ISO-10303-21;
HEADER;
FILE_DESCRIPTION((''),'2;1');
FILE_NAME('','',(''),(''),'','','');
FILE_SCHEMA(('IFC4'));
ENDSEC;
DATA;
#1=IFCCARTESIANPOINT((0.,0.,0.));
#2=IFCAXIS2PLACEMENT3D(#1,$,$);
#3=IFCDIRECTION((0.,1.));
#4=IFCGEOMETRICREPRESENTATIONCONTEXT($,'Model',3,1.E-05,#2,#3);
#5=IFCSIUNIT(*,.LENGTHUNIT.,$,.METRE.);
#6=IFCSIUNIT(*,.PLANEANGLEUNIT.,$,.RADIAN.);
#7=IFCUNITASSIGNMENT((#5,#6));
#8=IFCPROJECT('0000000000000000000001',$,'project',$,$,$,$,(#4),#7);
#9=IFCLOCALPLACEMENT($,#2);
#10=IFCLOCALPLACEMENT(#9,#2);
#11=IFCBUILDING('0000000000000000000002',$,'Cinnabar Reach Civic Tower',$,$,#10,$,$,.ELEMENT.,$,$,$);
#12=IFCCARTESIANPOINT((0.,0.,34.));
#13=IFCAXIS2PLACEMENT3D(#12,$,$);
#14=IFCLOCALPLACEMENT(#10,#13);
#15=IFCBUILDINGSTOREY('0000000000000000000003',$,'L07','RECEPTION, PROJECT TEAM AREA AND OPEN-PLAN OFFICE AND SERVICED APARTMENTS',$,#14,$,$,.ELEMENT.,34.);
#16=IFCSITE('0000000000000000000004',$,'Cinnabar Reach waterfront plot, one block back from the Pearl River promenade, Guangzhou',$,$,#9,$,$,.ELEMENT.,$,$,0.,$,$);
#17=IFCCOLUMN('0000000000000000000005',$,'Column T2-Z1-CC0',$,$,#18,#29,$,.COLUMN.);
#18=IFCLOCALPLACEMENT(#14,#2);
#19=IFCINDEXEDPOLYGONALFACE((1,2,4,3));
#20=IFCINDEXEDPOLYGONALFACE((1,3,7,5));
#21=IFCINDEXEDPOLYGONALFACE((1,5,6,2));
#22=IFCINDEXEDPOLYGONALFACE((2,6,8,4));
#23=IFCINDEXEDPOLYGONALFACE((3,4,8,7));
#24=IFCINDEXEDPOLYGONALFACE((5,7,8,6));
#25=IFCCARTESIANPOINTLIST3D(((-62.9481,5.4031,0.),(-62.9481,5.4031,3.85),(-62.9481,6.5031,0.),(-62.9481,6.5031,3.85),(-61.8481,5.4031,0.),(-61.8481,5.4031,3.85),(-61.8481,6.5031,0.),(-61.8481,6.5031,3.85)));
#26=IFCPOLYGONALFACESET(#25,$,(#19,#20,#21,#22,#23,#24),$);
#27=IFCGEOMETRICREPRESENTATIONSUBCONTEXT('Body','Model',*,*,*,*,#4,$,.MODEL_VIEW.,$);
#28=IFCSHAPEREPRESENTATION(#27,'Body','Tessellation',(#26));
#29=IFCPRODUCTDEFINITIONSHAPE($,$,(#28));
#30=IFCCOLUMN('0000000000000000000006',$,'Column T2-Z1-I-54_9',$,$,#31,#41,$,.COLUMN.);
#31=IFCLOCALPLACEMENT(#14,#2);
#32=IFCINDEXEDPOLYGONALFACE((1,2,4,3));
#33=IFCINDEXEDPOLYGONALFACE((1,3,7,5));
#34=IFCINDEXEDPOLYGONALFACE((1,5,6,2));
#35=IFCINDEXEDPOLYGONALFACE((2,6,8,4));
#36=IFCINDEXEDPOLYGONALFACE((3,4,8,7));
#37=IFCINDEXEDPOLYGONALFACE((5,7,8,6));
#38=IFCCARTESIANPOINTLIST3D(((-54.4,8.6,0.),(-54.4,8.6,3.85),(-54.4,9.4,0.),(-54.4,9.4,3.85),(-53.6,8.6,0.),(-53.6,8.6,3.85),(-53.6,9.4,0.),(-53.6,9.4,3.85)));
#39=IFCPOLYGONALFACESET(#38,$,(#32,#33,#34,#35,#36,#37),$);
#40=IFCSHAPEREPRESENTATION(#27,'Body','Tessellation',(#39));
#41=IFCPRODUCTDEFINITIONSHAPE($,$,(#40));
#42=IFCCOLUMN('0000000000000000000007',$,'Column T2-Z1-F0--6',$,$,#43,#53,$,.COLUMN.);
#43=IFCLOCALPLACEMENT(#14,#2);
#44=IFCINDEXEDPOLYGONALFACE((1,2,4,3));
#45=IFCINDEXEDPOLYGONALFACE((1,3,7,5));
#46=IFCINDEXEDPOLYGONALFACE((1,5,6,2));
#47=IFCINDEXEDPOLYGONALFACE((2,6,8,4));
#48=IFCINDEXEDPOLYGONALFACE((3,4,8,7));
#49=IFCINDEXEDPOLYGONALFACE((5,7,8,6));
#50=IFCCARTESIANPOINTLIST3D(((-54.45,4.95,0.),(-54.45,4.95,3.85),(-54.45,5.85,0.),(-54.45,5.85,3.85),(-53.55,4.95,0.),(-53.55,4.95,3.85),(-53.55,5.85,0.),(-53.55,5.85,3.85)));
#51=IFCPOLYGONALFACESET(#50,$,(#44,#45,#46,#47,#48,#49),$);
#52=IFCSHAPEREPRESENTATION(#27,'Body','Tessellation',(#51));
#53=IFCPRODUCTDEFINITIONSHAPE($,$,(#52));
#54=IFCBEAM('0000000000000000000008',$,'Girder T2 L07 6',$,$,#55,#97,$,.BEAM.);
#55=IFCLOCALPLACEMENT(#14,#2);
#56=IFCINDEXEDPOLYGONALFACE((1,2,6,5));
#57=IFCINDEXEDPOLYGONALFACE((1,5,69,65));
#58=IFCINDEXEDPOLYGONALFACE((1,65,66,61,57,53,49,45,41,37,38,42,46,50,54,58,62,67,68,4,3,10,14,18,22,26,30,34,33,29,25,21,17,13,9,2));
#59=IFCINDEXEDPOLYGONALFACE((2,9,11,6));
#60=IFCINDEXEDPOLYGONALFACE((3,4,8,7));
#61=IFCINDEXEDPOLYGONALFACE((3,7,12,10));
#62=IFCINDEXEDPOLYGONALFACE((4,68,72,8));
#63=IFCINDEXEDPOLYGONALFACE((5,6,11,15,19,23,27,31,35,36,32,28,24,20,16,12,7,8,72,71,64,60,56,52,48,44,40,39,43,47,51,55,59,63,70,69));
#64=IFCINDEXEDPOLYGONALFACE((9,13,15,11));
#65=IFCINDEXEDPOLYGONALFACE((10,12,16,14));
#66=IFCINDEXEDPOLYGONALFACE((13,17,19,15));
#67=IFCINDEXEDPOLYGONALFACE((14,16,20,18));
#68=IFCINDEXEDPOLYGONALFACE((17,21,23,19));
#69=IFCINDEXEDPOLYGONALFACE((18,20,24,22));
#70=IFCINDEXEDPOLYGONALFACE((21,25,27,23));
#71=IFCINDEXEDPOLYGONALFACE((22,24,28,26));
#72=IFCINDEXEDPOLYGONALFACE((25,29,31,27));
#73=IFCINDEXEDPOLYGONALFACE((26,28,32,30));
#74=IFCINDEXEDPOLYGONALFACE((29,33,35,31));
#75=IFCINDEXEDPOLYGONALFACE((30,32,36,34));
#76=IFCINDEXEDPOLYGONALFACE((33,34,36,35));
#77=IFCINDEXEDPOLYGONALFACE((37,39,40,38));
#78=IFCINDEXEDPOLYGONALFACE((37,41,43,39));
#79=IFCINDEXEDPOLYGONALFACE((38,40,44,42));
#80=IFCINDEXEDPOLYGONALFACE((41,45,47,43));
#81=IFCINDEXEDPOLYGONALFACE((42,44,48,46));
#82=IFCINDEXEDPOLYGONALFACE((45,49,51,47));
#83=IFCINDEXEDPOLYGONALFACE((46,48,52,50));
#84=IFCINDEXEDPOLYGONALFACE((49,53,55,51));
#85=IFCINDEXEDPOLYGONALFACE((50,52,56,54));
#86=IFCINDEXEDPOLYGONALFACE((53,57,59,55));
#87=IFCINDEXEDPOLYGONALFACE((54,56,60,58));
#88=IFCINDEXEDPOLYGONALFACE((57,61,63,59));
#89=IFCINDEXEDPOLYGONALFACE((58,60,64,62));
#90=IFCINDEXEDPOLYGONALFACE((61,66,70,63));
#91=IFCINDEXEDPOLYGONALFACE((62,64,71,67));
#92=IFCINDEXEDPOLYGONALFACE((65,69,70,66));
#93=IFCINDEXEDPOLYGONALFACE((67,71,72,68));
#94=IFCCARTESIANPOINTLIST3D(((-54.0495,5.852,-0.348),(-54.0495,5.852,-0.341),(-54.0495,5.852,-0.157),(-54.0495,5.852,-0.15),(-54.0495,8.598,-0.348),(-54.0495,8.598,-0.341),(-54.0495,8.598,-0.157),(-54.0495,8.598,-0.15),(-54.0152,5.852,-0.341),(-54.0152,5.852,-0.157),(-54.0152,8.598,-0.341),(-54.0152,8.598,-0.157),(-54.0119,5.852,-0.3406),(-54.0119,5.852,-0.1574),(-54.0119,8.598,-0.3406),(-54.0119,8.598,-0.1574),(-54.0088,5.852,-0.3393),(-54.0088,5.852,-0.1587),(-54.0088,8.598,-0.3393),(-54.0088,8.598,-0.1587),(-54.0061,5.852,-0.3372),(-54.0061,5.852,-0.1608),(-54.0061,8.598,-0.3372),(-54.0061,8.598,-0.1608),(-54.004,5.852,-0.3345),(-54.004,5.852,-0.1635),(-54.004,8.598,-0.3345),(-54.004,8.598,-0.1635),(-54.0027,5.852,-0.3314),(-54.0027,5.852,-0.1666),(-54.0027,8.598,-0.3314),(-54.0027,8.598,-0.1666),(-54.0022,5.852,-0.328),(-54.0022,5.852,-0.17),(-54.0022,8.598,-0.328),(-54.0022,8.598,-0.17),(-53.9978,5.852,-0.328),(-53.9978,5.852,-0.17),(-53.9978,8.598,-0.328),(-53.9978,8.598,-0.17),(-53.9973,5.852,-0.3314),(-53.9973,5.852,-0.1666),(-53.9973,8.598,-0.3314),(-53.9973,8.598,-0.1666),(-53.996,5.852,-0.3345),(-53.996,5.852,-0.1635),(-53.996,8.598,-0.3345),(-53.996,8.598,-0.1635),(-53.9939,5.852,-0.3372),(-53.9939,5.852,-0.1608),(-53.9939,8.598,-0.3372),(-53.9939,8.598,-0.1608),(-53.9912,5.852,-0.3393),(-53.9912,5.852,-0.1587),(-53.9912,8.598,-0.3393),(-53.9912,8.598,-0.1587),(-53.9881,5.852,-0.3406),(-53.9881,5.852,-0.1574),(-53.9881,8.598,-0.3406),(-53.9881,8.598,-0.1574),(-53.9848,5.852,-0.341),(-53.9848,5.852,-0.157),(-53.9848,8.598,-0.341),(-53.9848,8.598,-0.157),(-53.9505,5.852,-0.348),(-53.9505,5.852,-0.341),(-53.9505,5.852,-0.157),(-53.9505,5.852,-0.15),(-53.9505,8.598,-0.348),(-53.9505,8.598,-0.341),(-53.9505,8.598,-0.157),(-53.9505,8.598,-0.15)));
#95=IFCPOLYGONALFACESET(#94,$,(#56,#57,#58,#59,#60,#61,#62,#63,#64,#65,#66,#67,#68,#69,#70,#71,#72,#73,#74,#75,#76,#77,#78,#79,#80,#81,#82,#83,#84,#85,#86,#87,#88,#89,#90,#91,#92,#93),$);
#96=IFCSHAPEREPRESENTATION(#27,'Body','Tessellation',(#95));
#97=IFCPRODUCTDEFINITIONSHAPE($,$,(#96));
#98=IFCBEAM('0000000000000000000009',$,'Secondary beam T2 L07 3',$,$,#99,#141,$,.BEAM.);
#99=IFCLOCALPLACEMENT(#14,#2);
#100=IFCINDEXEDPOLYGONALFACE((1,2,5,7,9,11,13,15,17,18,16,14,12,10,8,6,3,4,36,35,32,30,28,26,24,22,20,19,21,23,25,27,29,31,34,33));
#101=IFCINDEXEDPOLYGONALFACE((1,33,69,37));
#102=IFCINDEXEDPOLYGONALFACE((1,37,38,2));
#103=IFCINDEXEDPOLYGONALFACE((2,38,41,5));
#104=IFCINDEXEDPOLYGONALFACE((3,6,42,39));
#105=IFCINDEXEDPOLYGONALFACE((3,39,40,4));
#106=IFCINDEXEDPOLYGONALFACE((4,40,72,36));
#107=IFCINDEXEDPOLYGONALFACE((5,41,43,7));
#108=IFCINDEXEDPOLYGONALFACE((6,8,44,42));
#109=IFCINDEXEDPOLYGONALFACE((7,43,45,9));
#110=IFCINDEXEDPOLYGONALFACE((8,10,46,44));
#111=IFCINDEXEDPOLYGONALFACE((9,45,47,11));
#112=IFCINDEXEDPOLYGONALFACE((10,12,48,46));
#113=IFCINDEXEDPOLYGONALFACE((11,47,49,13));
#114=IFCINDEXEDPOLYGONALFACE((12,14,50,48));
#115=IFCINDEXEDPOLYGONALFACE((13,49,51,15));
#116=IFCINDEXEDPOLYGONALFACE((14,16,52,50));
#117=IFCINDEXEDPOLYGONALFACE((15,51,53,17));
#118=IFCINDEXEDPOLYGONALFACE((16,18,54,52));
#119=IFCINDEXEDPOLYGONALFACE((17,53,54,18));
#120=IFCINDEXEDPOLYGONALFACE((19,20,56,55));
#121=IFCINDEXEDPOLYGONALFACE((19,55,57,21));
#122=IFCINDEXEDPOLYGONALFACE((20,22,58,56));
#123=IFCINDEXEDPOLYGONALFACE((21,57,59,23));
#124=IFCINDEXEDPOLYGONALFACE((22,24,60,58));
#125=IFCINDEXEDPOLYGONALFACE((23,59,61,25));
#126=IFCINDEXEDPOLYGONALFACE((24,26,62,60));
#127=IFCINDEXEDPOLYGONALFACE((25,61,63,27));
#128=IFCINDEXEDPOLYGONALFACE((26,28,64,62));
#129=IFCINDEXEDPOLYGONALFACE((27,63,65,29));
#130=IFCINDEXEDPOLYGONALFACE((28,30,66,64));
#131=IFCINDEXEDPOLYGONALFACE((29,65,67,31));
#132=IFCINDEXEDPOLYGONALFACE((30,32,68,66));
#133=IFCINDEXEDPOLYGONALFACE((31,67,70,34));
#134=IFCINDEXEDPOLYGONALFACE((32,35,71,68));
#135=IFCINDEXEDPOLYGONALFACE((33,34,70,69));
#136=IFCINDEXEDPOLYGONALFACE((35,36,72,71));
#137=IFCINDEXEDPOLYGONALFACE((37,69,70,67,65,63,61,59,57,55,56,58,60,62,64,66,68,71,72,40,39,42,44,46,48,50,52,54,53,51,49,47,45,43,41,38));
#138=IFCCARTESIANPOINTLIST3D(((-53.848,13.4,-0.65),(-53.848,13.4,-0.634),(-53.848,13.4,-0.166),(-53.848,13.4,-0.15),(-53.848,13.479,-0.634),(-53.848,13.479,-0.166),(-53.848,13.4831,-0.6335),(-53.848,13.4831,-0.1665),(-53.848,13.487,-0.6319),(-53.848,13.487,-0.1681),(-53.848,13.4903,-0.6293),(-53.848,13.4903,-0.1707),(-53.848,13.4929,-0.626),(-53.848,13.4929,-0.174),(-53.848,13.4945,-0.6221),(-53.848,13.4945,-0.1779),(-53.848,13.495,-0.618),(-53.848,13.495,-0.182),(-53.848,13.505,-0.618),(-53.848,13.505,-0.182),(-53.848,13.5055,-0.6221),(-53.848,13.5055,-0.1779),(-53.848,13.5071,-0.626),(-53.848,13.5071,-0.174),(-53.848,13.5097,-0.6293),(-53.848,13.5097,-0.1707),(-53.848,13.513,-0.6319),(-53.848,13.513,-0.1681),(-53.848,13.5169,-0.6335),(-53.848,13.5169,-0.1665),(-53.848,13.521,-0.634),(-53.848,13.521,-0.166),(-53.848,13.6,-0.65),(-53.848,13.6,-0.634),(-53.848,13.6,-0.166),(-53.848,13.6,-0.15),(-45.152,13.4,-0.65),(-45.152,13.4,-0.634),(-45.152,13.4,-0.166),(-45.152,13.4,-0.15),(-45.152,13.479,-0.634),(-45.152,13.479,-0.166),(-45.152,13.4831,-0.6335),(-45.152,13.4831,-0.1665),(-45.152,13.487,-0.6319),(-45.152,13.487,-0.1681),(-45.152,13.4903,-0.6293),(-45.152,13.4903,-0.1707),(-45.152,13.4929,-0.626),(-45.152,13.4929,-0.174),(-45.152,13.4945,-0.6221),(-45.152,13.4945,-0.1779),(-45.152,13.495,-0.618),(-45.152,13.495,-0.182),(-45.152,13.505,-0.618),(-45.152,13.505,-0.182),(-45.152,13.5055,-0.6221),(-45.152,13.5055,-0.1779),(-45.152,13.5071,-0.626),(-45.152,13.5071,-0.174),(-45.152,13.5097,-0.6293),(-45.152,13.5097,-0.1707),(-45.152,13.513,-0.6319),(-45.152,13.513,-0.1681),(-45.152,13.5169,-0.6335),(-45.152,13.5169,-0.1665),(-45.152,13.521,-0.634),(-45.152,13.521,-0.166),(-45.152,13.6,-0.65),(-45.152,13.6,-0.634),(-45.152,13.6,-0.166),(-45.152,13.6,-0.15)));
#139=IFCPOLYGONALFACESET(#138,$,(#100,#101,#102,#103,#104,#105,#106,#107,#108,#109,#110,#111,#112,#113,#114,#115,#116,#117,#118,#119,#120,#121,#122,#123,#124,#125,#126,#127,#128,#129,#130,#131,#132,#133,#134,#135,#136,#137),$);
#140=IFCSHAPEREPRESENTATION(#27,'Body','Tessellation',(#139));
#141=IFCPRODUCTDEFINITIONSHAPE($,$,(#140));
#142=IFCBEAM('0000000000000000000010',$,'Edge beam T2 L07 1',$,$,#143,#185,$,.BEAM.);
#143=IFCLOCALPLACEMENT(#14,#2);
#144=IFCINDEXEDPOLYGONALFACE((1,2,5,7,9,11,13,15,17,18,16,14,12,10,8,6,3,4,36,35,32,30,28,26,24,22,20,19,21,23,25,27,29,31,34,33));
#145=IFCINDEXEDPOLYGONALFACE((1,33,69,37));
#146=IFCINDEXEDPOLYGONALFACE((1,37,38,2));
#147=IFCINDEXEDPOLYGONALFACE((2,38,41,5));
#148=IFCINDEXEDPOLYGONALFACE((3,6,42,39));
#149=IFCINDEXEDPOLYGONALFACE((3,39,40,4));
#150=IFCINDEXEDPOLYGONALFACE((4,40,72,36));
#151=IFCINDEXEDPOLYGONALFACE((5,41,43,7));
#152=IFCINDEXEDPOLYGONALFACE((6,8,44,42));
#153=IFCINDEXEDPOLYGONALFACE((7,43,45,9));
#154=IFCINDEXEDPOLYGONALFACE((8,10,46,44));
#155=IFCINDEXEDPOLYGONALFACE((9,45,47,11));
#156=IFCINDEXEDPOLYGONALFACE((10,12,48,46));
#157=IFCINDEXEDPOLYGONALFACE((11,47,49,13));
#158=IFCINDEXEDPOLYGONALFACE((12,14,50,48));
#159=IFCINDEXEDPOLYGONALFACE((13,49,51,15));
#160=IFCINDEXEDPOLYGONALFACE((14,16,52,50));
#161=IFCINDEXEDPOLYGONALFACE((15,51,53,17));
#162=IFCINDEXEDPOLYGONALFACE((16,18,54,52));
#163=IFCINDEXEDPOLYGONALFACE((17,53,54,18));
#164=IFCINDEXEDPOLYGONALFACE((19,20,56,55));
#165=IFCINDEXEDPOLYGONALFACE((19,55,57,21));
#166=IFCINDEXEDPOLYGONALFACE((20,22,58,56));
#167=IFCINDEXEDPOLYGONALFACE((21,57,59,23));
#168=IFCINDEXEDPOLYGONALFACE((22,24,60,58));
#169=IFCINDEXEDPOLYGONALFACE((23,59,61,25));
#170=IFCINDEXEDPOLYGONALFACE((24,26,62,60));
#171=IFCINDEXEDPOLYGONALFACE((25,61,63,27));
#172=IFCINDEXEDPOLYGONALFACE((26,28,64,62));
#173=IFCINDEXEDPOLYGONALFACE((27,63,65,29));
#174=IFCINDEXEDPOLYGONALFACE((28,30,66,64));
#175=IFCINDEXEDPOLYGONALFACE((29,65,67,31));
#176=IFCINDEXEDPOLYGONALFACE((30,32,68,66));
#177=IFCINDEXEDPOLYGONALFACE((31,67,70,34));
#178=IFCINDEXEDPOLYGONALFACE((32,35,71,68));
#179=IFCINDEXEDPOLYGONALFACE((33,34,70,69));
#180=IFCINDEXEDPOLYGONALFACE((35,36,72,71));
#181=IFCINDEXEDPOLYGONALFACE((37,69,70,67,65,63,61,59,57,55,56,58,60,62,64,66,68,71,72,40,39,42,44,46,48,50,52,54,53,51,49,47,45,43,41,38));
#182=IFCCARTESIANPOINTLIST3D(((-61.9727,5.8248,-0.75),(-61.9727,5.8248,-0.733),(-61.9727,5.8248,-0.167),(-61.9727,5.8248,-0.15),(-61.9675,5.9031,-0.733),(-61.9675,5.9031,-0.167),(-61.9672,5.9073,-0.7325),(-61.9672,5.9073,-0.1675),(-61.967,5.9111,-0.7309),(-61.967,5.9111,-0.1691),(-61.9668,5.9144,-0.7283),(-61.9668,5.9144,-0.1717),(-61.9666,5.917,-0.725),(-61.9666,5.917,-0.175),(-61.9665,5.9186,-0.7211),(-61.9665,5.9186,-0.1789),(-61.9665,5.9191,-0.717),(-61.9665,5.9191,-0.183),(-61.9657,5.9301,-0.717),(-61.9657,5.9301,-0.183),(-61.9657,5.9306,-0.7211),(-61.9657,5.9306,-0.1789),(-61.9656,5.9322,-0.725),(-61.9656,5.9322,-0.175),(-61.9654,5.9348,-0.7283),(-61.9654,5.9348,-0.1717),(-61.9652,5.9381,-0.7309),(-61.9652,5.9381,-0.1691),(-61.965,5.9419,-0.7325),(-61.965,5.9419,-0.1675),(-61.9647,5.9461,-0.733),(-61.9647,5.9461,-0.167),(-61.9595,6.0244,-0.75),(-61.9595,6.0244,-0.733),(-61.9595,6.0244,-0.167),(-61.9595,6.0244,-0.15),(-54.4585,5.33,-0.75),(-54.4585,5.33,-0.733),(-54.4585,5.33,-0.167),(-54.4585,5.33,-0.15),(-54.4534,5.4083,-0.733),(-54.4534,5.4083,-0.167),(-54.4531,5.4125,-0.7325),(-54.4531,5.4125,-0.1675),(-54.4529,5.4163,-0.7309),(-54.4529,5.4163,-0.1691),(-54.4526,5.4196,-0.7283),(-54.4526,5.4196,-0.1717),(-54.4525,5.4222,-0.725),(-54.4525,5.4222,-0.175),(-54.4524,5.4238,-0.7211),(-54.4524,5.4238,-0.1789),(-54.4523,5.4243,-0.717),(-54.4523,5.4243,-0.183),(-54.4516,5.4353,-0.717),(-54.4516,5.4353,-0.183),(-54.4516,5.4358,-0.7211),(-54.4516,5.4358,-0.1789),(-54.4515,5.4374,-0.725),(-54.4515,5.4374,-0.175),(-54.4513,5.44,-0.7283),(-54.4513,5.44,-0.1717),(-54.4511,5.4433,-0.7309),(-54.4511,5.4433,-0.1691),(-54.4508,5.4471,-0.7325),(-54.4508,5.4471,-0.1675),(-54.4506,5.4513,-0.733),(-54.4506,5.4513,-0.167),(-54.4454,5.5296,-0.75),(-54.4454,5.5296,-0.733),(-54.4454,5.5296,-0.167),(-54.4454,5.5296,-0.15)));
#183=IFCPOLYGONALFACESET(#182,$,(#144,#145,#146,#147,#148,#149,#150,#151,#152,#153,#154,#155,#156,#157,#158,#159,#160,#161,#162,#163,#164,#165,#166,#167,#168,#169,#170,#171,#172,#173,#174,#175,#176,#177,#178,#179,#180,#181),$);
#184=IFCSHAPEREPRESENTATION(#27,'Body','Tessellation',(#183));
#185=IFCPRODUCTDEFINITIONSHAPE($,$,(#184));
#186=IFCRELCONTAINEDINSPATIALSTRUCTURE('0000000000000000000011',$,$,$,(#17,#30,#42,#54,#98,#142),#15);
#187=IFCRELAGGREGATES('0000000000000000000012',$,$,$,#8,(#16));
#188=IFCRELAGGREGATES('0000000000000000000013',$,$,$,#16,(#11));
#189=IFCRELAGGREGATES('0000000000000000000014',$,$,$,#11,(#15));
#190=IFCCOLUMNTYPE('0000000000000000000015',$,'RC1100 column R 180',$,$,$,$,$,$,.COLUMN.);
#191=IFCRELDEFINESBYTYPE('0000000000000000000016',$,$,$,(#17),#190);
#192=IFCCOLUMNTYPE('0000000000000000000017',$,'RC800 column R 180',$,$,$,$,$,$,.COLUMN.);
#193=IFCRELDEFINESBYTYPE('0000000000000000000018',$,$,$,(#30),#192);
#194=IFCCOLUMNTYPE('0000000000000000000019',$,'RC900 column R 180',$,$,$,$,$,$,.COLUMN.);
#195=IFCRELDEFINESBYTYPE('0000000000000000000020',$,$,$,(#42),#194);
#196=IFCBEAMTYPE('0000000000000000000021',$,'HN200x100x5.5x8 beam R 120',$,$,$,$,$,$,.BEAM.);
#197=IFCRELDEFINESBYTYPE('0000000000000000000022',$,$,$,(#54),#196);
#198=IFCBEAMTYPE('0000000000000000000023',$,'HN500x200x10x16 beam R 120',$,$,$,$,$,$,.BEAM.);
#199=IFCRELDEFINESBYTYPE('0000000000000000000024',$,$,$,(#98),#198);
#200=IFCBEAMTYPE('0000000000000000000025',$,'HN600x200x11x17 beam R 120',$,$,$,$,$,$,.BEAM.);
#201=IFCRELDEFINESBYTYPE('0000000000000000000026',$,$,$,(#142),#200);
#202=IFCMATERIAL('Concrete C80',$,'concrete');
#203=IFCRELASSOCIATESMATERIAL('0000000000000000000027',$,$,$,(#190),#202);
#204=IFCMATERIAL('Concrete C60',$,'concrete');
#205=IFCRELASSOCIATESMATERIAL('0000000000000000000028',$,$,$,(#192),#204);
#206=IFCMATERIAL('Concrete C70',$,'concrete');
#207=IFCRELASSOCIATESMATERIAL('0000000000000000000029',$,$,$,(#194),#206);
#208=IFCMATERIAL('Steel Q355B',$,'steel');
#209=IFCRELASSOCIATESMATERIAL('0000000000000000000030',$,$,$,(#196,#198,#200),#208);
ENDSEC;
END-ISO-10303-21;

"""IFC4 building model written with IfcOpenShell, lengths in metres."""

from ifc_helpers import new_model, si_unit, direction, frame, origin, origin_2d, place, context, subcontext, project, spatial, rectangle, i_section, extrude, material, material_profile, profile_set, type_object, element, save


model = new_model("IFC4")

# Units and contexts
model_context = context("Model", 3, precision=1e-05, world=origin(), true_north=direction((0.0, 1.0)))
body_context = subcontext(model_context, "Body", "Model", "MODEL_VIEW")
ifc_project = project(units=[si_unit("LENGTHUNIT", "METRE"), si_unit("PLANEANGLEUNIT", "RADIAN")], contexts=[model_context])

# Site, building, storey
site_placement = place(None, origin())
site = spatial("IfcSite", under=ifc_project, at=site_placement, Name="Cinnabar Reach waterfront plot, one block back from the Pearl River promenade, Guangzhou", CompositionType="ELEMENT", RefElevation=0.0)
building_placement = place(site_placement, origin())
building = spatial("IfcBuilding", under=site, at=building_placement, Name="Cinnabar Reach Civic Tower", CompositionType="ELEMENT")
storey_placement = place(building_placement, frame((0.0, 0.0, 34.0)))
storey = spatial("IfcBuildingStorey", under=building, at=storey_placement, Name="L07", Description="RECEPTION, PROJECT TEAM AREA AND OPEN-PLAN OFFICE AND SERVICED APARTMENTS", CompositionType="ELEMENT", Elevation=34.0)

# Columns
ifc_material_1 = material(Name="Concrete C80", Category="concrete")
ifc_material_profile_1 = material_profile(ifc_material_1, rectangle(XDim=1.1, YDim=1.1, at=origin_2d()), Name="RC1100")
ifc_profile_set_1 = profile_set([ifc_material_profile_1], Name="Concrete C80")
column_type_1 = type_object("IfcColumnType", Name="RC1100 column R 180", PredefinedType="COLUMN", material=ifc_profile_set_1)
column_1_placement = place(storey_placement, frame((-62.3981, 5.9531, 0.0), z_axis=(0.0, 0.0, 1.0), x_axis=(1.0, 0.0, 0.0)))
element("IfcColumn", 1, at=column_1_placement, inside=storey, type_object=column_type_1, Name="Column T2-Z1-CC0", PredefinedType="COLUMN", context=body_context, shape_type="SweptSolid", body=[
    extrude(rectangle(XDim=1.1, YDim=1.1, at=origin_2d()), origin(), (0.0, 0.0, 1.0), 3.85),
])
ifc_material_2 = material(Name="Concrete C60", Category="concrete")
ifc_material_profile_2 = material_profile(ifc_material_2, rectangle(XDim=0.8, YDim=0.8, at=origin_2d()), Name="RC800")
ifc_profile_set_2 = profile_set([ifc_material_profile_2], Name="Concrete C60")
column_type_2 = type_object("IfcColumnType", Name="RC800 column R 180", PredefinedType="COLUMN", material=ifc_profile_set_2)
column_2_placement = place(storey_placement, frame((-54.0, 9.0, 0.0), z_axis=(0.0, 0.0, 1.0), x_axis=(1.0, 0.0, 0.0)))
element("IfcColumn", 2, at=column_2_placement, inside=storey, type_object=column_type_2, Name="Column T2-Z1-I-54_9", PredefinedType="COLUMN", context=body_context, shape_type="SweptSolid", body=[
    extrude(rectangle(XDim=0.8, YDim=0.8, at=origin_2d()), origin(), (0.0, 0.0, 1.0), 3.85),
])
ifc_material_3 = material(Name="Concrete C70", Category="concrete")
ifc_material_profile_3 = material_profile(ifc_material_3, rectangle(XDim=0.9, YDim=0.9, at=origin_2d()), Name="RC900")
ifc_profile_set_3 = profile_set([ifc_material_profile_3], Name="Concrete C70")
column_type_3 = type_object("IfcColumnType", Name="RC900 column R 180", PredefinedType="COLUMN", material=ifc_profile_set_3)
column_3_placement = place(storey_placement, frame((-54.0, 5.4, 0.0), z_axis=(0.0, 0.0, 1.0), x_axis=(1.0, 0.0, 0.0)))
element("IfcColumn", 3, at=column_3_placement, inside=storey, type_object=column_type_3, Name="Column T2-Z1-F0--6", PredefinedType="COLUMN", context=body_context, shape_type="SweptSolid", body=[
    extrude(rectangle(XDim=0.9, YDim=0.9, at=origin_2d()), origin(), (0.0, 0.0, 1.0), 3.85),
])

# Beams
ifc_material_4 = material(Name="Steel Q355B", Category="steel")
ifc_material_profile_4 = material_profile(ifc_material_4, i_section(OverallWidth=0.099, OverallDepth=0.198, WebThickness=0.0045, FlangeThickness=0.007, FilletRadius=0.013, at=origin_2d()), Name="HN200x100x5.5x8")
ifc_profile_set_4 = profile_set([ifc_material_profile_4], Name="Steel Q355B")
beam_type_1 = type_object("IfcBeamType", Name="HN200x100x5.5x8 beam R 120", PredefinedType="BEAM", material=ifc_profile_set_4)
beam_1_placement = place(storey_placement, frame((-54.0, 5.852, -0.249), z_axis=(0.0, 1.0, 0.0), x_axis=(-1.0, 0.0, 0.0)))
element("IfcBeam", 4, at=beam_1_placement, inside=storey, type_object=beam_type_1, Name="Girder T2 L07 6", PredefinedType="BEAM", context=body_context, shape_type="SweptSolid", body=[
    extrude(i_section(OverallWidth=0.099, OverallDepth=0.198, WebThickness=0.0045, FlangeThickness=0.007, FilletRadius=0.013, at=origin_2d()), origin(), (0.0, 0.0, 1.0), 2.746),
])
ifc_material_profile_5 = material_profile(ifc_material_4, i_section(OverallWidth=0.2, OverallDepth=0.5, WebThickness=0.01, FlangeThickness=0.016, FilletRadius=0.016, at=origin_2d()), Name="HN500x200x10x16")
ifc_profile_set_5 = profile_set([ifc_material_profile_5], Name="Steel Q355B")
beam_type_2 = type_object("IfcBeamType", Name="HN500x200x10x16 beam R 120", PredefinedType="BEAM", material=ifc_profile_set_5)
beam_2_placement = place(storey_placement, frame((-53.848, 13.5, -0.4), z_axis=(1.0, 0.0, 0.0), x_axis=(0.0, 1.0, 0.0)))
element("IfcBeam", 5, at=beam_2_placement, inside=storey, type_object=beam_type_2, Name="Secondary beam T2 L07 3", PredefinedType="BEAM", context=body_context, shape_type="SweptSolid", body=[
    extrude(i_section(OverallWidth=0.2, OverallDepth=0.5, WebThickness=0.01, FlangeThickness=0.016, FilletRadius=0.016, at=origin_2d()), origin(), (0.0, 0.0, 1.0), 8.696),
])
ifc_material_profile_6 = material_profile(ifc_material_4, i_section(OverallWidth=0.2, OverallDepth=0.6, WebThickness=0.011, FlangeThickness=0.017, FilletRadius=0.016, at=origin_2d()), Name="HN600x200x11x17")
ifc_profile_set_6 = profile_set([ifc_material_profile_6], Name="Steel Q355B")
beam_type_3 = type_object("IfcBeamType", Name="HN600x200x11x17 beam R 120", PredefinedType="BEAM", material=ifc_profile_set_6)
beam_3_placement = place(storey_placement, frame((-61.9661, 5.9246, -0.45), z_axis=(0.997839, -0.065707, 0.0), x_axis=(0.065707, 0.997839, 0.0)))
element("IfcBeam", 6, at=beam_3_placement, inside=storey, type_object=beam_type_3, Name="Edge beam T2 L07 1", PredefinedType="BEAM", context=body_context, shape_type="SweptSolid", body=[
    extrude(i_section(OverallWidth=0.2, OverallDepth=0.6, WebThickness=0.011, FlangeThickness=0.017, FilletRadius=0.016, at=origin_2d()), origin(), (0.0, 0.0, 1.0), 7.5304),
])

save(model, "model.ifc")
